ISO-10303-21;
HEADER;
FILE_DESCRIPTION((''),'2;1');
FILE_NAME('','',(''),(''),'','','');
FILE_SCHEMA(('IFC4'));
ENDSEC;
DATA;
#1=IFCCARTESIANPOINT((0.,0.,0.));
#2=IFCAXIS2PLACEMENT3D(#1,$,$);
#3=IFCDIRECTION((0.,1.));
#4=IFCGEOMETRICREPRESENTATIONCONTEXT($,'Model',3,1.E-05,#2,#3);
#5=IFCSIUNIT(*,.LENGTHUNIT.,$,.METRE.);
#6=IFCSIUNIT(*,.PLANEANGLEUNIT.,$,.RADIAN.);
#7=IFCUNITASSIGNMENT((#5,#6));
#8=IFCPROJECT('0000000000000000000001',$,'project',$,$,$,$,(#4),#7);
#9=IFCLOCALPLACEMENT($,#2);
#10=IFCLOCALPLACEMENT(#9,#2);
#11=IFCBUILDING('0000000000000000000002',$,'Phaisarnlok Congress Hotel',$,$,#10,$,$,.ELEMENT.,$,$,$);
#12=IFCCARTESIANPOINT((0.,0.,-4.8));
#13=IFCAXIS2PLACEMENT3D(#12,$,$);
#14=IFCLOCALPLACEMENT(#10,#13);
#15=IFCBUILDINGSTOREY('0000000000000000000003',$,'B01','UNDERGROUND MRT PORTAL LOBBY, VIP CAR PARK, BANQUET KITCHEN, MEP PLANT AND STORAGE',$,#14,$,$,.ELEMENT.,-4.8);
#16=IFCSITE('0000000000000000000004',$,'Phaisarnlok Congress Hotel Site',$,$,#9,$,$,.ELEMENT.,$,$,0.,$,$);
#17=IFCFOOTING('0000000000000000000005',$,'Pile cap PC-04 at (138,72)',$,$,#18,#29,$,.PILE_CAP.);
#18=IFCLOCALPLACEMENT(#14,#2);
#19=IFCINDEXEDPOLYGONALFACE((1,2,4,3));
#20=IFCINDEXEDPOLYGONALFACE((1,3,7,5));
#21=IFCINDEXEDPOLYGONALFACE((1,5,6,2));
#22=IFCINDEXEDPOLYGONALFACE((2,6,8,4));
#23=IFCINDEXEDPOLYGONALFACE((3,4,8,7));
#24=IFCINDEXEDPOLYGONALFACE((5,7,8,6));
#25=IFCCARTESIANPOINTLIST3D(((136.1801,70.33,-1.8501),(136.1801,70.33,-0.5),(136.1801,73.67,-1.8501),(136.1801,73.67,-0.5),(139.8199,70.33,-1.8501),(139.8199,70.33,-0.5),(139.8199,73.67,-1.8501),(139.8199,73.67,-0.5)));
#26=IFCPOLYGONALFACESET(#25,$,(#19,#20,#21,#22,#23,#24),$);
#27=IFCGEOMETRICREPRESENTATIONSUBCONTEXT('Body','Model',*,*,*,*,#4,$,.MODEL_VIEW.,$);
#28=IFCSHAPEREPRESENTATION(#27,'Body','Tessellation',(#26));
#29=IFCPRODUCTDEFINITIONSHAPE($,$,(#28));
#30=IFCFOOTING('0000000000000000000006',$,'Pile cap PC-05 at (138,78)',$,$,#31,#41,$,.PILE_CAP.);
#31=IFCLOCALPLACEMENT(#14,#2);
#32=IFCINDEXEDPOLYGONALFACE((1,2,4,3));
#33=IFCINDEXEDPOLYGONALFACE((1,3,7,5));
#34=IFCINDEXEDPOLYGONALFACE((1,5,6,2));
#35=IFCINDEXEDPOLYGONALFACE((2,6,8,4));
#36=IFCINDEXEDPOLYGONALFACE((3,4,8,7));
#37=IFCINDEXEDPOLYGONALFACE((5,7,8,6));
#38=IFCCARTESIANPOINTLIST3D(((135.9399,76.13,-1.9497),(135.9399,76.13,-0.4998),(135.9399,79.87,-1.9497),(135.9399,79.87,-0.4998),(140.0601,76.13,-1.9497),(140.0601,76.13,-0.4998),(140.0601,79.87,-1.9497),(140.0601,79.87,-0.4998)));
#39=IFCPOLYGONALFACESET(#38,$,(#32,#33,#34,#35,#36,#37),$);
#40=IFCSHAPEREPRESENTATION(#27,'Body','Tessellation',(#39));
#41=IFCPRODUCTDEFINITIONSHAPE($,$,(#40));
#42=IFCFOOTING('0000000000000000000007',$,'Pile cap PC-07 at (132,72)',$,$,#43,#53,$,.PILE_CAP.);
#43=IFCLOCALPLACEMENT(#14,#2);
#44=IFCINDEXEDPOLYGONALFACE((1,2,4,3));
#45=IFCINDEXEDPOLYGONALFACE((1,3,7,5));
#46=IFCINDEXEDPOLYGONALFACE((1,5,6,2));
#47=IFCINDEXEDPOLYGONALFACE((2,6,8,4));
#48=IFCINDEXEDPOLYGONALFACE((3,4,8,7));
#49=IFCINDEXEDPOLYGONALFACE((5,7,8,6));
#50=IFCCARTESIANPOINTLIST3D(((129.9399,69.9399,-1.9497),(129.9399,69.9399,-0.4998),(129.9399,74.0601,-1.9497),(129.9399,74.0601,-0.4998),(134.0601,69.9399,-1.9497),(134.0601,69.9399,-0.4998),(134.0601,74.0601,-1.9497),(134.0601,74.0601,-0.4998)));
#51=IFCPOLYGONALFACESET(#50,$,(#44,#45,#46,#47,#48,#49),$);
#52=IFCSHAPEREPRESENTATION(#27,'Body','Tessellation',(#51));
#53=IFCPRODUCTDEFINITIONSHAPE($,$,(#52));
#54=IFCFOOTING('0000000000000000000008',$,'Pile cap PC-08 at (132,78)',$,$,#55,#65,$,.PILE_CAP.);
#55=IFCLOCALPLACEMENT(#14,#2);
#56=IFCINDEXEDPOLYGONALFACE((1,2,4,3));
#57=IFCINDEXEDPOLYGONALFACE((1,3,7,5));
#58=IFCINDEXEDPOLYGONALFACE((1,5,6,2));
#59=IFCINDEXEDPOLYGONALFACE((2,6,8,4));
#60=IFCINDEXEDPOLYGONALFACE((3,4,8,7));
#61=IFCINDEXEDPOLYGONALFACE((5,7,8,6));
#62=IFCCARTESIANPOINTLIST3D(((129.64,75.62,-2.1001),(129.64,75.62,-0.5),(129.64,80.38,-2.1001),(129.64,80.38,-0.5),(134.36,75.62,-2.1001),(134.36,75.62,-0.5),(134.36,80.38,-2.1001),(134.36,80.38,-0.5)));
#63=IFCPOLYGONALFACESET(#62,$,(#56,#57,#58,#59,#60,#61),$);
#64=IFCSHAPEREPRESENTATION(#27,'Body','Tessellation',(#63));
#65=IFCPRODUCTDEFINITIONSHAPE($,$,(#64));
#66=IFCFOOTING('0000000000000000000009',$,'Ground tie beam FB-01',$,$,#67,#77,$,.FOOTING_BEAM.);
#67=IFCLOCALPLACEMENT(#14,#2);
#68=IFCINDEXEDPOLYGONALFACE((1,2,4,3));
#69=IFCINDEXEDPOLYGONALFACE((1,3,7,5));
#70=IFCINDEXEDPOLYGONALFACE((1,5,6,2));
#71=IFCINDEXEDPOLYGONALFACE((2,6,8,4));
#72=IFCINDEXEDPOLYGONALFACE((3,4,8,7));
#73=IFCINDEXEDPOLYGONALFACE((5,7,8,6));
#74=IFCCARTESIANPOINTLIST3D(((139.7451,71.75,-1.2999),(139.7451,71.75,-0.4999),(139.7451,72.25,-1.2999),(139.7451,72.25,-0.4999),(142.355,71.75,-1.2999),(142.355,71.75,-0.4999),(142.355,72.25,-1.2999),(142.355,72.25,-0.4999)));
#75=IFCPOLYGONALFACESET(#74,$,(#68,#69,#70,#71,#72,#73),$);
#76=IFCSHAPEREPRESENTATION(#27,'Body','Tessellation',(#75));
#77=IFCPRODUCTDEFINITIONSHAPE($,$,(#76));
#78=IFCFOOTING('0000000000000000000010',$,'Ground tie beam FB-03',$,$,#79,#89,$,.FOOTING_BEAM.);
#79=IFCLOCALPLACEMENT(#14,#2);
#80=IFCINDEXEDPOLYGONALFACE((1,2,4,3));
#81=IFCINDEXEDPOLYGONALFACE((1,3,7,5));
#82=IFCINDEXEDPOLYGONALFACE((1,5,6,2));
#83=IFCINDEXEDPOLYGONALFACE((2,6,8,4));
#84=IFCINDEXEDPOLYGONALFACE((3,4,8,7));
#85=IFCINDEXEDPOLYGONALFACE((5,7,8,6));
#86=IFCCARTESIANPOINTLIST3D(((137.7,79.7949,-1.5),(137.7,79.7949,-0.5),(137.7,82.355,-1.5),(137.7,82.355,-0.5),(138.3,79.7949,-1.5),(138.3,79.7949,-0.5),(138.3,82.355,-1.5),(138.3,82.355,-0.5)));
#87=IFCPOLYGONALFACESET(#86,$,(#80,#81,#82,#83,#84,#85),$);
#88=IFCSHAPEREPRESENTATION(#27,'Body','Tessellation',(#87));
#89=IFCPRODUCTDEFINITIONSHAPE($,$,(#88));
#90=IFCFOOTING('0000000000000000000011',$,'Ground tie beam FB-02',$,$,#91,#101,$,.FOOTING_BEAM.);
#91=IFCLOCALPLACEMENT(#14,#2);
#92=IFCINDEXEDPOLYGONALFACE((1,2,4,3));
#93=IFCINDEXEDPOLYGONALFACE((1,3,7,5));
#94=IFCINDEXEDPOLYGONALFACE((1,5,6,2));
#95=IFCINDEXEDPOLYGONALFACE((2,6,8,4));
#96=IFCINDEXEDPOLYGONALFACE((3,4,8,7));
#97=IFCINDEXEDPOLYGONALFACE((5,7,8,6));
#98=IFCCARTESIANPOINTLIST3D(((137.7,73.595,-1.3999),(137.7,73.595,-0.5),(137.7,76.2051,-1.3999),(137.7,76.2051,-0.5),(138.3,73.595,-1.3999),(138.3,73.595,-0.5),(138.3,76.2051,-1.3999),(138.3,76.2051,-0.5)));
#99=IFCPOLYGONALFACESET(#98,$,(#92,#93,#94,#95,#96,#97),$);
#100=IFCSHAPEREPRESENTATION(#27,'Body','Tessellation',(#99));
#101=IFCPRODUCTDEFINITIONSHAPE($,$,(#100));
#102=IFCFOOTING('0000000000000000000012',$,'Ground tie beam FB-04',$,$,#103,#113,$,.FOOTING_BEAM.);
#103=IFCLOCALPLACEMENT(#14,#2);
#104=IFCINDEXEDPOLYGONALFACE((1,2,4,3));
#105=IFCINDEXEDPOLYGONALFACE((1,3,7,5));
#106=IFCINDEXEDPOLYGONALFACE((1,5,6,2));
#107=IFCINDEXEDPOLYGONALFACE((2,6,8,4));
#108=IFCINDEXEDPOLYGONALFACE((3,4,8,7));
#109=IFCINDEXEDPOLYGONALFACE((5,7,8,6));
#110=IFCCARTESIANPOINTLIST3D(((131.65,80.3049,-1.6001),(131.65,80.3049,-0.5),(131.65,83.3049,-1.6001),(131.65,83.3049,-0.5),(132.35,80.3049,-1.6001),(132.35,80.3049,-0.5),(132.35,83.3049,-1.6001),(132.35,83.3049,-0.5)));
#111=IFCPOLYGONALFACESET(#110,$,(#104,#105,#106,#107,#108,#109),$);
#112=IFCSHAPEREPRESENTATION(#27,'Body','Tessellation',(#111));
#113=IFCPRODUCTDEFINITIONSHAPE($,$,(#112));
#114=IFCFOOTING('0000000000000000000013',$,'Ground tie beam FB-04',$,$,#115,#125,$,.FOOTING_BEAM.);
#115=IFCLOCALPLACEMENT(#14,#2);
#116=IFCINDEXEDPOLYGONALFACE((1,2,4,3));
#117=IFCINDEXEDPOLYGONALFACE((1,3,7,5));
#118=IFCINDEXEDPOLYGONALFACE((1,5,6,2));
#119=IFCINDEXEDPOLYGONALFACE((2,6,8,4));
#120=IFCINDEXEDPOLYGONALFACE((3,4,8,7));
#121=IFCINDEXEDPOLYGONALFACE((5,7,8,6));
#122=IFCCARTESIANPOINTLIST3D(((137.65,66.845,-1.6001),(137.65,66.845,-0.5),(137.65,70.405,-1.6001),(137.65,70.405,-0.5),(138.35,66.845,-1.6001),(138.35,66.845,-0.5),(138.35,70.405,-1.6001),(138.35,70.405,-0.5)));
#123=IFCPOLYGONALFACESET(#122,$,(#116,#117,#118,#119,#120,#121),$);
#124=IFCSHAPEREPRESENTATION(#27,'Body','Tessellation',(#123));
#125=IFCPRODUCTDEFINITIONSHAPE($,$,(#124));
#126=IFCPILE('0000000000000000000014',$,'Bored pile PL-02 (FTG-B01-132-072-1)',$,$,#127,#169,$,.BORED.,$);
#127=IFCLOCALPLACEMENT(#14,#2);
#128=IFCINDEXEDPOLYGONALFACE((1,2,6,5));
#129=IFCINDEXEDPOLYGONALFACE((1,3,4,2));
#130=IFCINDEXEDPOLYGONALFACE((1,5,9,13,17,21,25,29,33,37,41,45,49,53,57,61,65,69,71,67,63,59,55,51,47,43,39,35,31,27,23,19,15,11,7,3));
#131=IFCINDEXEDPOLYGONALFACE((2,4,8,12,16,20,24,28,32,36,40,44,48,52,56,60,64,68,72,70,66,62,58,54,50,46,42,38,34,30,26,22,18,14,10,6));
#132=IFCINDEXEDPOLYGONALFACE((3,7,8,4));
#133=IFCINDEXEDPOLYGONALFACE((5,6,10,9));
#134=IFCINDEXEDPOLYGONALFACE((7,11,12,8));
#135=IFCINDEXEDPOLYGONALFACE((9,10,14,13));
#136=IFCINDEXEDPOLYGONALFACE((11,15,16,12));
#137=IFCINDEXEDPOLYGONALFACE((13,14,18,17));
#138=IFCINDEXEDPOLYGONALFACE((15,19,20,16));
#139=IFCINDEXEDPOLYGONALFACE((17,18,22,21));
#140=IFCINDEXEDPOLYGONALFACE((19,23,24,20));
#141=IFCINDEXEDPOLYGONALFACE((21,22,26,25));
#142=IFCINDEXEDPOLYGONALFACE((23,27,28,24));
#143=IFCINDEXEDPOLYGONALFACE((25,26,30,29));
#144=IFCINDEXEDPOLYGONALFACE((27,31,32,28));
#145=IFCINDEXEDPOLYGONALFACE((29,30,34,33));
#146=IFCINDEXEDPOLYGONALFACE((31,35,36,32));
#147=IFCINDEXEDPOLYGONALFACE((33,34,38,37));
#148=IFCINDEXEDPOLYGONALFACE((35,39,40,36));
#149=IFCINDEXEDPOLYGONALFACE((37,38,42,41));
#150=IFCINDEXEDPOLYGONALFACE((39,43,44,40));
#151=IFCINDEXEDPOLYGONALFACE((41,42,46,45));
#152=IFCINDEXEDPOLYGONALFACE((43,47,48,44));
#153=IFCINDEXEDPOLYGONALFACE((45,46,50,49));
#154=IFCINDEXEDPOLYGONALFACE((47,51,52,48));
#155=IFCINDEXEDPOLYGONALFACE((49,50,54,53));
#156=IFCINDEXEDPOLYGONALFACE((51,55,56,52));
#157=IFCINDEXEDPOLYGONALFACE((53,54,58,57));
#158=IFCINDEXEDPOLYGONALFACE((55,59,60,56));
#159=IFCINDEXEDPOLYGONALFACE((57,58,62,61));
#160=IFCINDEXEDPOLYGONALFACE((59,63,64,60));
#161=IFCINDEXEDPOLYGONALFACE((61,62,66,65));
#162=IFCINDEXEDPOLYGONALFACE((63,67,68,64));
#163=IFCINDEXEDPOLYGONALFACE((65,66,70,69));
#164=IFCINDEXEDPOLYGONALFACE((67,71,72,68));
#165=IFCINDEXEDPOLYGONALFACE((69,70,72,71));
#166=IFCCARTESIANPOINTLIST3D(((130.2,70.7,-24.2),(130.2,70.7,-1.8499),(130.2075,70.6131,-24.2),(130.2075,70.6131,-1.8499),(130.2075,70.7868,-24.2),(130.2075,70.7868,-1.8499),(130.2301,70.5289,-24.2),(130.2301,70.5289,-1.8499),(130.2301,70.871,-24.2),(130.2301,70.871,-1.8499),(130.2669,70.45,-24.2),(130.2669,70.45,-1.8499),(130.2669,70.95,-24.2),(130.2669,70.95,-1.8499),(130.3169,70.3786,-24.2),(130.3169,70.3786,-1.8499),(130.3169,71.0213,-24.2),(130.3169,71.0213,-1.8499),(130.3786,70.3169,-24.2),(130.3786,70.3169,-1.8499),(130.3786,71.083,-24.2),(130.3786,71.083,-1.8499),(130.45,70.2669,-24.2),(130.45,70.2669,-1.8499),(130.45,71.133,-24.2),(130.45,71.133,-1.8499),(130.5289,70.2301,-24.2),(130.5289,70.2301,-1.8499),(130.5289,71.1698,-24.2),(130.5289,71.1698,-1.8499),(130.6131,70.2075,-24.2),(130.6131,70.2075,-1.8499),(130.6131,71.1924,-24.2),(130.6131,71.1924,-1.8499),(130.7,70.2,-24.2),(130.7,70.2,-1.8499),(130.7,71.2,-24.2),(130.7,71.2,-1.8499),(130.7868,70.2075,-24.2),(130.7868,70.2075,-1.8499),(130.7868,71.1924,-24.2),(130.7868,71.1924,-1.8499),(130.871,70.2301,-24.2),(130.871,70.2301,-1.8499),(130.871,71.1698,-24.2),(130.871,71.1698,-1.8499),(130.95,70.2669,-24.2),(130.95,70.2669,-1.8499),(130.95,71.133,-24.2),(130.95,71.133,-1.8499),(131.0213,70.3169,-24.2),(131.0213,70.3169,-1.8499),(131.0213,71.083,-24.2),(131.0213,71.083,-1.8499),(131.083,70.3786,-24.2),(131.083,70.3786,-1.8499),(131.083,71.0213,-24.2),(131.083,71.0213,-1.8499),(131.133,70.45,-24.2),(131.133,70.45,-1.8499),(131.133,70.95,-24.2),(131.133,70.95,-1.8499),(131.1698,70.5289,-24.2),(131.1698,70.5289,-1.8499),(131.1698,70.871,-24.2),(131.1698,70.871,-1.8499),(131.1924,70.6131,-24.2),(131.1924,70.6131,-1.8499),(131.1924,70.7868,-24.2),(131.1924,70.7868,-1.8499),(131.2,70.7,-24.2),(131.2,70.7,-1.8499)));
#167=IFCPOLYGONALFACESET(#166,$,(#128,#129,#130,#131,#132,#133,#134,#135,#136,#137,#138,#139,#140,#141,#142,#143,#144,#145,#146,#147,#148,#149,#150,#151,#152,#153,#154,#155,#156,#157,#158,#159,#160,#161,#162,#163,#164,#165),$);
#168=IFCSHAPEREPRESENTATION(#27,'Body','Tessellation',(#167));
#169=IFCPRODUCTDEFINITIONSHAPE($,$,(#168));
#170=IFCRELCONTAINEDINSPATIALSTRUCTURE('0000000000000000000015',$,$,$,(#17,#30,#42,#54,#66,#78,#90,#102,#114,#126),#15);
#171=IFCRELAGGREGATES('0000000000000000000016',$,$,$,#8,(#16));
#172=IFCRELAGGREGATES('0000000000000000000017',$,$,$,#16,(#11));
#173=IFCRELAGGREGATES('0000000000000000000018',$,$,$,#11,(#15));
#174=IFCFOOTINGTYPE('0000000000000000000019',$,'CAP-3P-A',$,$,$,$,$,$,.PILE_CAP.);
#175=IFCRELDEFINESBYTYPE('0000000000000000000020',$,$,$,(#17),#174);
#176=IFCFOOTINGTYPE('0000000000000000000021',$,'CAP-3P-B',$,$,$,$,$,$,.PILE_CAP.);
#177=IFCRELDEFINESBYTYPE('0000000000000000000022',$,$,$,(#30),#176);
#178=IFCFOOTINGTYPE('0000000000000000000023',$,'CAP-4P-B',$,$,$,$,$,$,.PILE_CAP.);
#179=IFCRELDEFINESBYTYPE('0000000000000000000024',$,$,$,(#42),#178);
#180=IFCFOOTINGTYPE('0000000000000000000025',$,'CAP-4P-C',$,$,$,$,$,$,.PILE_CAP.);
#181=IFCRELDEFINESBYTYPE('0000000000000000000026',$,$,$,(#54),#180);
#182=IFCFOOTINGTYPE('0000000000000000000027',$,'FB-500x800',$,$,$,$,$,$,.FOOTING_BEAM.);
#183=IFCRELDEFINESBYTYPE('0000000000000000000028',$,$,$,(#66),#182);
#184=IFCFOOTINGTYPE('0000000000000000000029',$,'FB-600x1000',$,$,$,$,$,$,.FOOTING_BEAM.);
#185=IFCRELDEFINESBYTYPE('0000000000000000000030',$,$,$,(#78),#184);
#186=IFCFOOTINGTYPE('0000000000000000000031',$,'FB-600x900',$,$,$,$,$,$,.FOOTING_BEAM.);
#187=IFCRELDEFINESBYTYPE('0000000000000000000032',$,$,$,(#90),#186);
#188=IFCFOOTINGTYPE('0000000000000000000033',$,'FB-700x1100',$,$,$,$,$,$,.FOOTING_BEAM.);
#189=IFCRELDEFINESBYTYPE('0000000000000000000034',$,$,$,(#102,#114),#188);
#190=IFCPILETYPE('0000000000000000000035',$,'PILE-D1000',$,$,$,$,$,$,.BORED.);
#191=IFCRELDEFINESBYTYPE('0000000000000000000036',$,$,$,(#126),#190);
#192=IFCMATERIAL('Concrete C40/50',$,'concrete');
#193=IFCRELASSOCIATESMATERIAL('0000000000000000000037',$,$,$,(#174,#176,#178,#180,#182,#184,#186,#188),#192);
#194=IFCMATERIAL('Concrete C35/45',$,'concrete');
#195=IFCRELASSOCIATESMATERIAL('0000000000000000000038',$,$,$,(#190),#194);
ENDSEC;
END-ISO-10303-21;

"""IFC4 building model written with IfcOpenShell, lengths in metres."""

from ifc_helpers import new_model, si_unit, direction, frame, origin, origin_2d, place, context, subcontext, project, spatial, rectangle, circle, extrude, material, material_profile, profile_set, type_object, element, save


model = new_model("IFC4")

# Units and contexts
model_context = context("Model", 3, precision=1e-05, world=origin(), true_north=direction((0.0, 1.0)))
body_context = subcontext(model_context, "Body", "Model", "MODEL_VIEW")
ifc_project = project(units=[si_unit("LENGTHUNIT", "METRE"), si_unit("PLANEANGLEUNIT", "RADIAN")], contexts=[model_context])

# Site, building, storey
site_placement = place(None, origin())
site = spatial("IfcSite", under=ifc_project, at=site_placement, Name="Phaisarnlok Congress Hotel Site", CompositionType="ELEMENT", RefElevation=0.0)
building_placement = place(site_placement, origin())
building = spatial("IfcBuilding", under=site, at=building_placement, Name="Phaisarnlok Congress Hotel", CompositionType="ELEMENT")
storey_placement = place(building_placement, frame((0.0, 0.0, -4.8)))
storey = spatial("IfcBuildingStorey", under=building, at=storey_placement, Name="B01", Description="UNDERGROUND MRT PORTAL LOBBY, VIP CAR PARK, BANQUET KITCHEN, MEP PLANT AND STORAGE", CompositionType="ELEMENT", Elevation=-4.8)

# Footings
ifc_material_1 = material(Name="Concrete C40/50", Category="concrete")
footing_type_1 = type_object("IfcFootingType", Name="CAP-3P-A", PredefinedType="PILE_CAP", material=ifc_material_1)
footing_1_placement = place(storey_placement, frame((138.0, 72.0, -1.8501), z_axis=(0.0, 0.0, 1.0), x_axis=(1.0, 0.0, 0.0)))
element("IfcFooting", 1, at=footing_1_placement, inside=storey, type_object=footing_type_1, Name="Pile cap PC-04 at (138,72)", PredefinedType="PILE_CAP", context=body_context, shape_type="SweptSolid", body=[
    extrude(rectangle(XDim=3.6399, YDim=3.3401, at=origin_2d()), origin(), (0.0, 0.0, 1.0), 1.3501),
])
footing_type_2 = type_object("IfcFootingType", Name="CAP-3P-B", PredefinedType="PILE_CAP", material=ifc_material_1)
footing_2_placement = place(storey_placement, frame((138.0, 78.0, -1.9497), z_axis=(0.0, 0.0, 1.0), x_axis=(1.0, 0.0, 0.0)))
element("IfcFooting", 2, at=footing_2_placement, inside=storey, type_object=footing_type_2, Name="Pile cap PC-05 at (138,78)", PredefinedType="PILE_CAP", context=body_context, shape_type="SweptSolid", body=[
    extrude(rectangle(XDim=4.1201, YDim=3.74, at=origin_2d()), origin(), (0.0, 0.0, 1.0), 1.45),
])
footing_type_3 = type_object("IfcFootingType", Name="CAP-4P-B", PredefinedType="PILE_CAP", material=ifc_material_1)
footing_3_placement = place(storey_placement, frame((132.0, 72.0, -1.9497), z_axis=(0.0, 0.0, 1.0), x_axis=(1.0, 0.0, 0.0)))
element("IfcFooting", 3, at=footing_3_placement, inside=storey, type_object=footing_type_3, Name="Pile cap PC-07 at (132,72)", PredefinedType="PILE_CAP", context=body_context, shape_type="SweptSolid", body=[
    extrude(rectangle(XDim=4.1201, YDim=4.1201, at=origin_2d()), origin(), (0.0, 0.0, 1.0), 1.45),
])
footing_type_4 = type_object("IfcFootingType", Name="CAP-4P-C", PredefinedType="PILE_CAP", material=ifc_material_1)
footing_4_placement = place(storey_placement, frame((132.0, 78.0, -2.1001), z_axis=(0.0, 0.0, 1.0), x_axis=(1.0, 0.0, 0.0)))
element("IfcFooting", 4, at=footing_4_placement, inside=storey, type_object=footing_type_4, Name="Pile cap PC-08 at (132,78)", PredefinedType="PILE_CAP", context=body_context, shape_type="SweptSolid", body=[
    extrude(rectangle(XDim=4.72, YDim=4.76, at=origin_2d()), origin(), (0.0, 0.0, 1.0), 1.6001),
])
ifc_material_profile_1 = material_profile(ifc_material_1, rectangle(XDim=0.5, YDim=0.8, at=origin_2d()), Name="FB-500x800")
ifc_profile_set_1 = profile_set([ifc_material_profile_1], Name="Concrete C40/50")
footing_type_5 = type_object("IfcFootingType", Name="FB-500x800", PredefinedType="FOOTING_BEAM", material=ifc_profile_set_1)
footing_5_placement = place(storey_placement, frame((139.7451, 72.0, -0.8999), z_axis=(1.0, 0.0, 0.0), x_axis=(0.0, 1.0, 0.0)))
element("IfcFooting", 5, at=footing_5_placement, inside=storey, type_object=footing_type_5, Name="Ground tie beam FB-01", PredefinedType="FOOTING_BEAM", context=body_context, shape_type="SweptSolid", body=[
    extrude(rectangle(XDim=0.5, YDim=0.8, at=origin_2d()), origin(), (0.0, 0.0, 1.0), 2.6099),
])
ifc_material_profile_2 = material_profile(ifc_material_1, rectangle(XDim=0.6001, YDim=1.0, at=origin_2d()), Name="FB-600x1000")
ifc_profile_set_2 = profile_set([ifc_material_profile_2], Name="Concrete C40/50")
footing_type_6 = type_object("IfcFootingType", Name="FB-600x1000", PredefinedType="FOOTING_BEAM", material=ifc_profile_set_2)
footing_6_placement = place(storey_placement, frame((138.0, 79.7949, -1.0), z_axis=(0.0, 1.0, 0.0), x_axis=(-1.0, 0.0, 0.0)))
element("IfcFooting", 6, at=footing_6_placement, inside=storey, type_object=footing_type_6, Name="Ground tie beam FB-03", PredefinedType="FOOTING_BEAM", context=body_context, shape_type="SweptSolid", body=[
    extrude(rectangle(XDim=0.6001, YDim=1.0, at=origin_2d()), origin(), (0.0, 0.0, 1.0), 2.5601),
])
ifc_material_profile_3 = material_profile(ifc_material_1, rectangle(XDim=0.6001, YDim=0.8999, at=origin_2d()), Name="FB-600x900")
ifc_profile_set_3 = profile_set([ifc_material_profile_3], Name="Concrete C40/50")
footing_type_7 = type_object("IfcFootingType", Name="FB-600x900", PredefinedType="FOOTING_BEAM", material=ifc_profile_set_3)
footing_7_placement = place(storey_placement, frame((138.0, 73.595, -0.95), z_axis=(0.0, 1.0, 0.0), x_axis=(-1.0, 0.0, 0.0)))
element("IfcFooting", 7, at=footing_7_placement, inside=storey, type_object=footing_type_7, Name="Ground tie beam FB-02", PredefinedType="FOOTING_BEAM", context=body_context, shape_type="SweptSolid", body=[
    extrude(rectangle(XDim=0.6001, YDim=0.8999, at=origin_2d()), origin(), (0.0, 0.0, 1.0), 2.6101),
])
ifc_material_profile_4 = material_profile(ifc_material_1, rectangle(XDim=0.7, YDim=1.1001, at=origin_2d()), Name="FB-700x1100")
ifc_profile_set_4 = profile_set([ifc_material_profile_4], Name="Concrete C40/50")
footing_type_8 = type_object("IfcFootingType", Name="FB-700x1100", PredefinedType="FOOTING_BEAM", material=ifc_profile_set_4)
footing_8_placement = place(storey_placement, frame((132.0, 80.3049, -1.05), z_axis=(0.0, 1.0, 0.0), x_axis=(-1.0, 0.0, 0.0)))
element("IfcFooting", 8, at=footing_8_placement, inside=storey, type_object=footing_type_8, Name="Ground tie beam FB-04", PredefinedType="FOOTING_BEAM", context=body_context, shape_type="SweptSolid", body=[
    extrude(rectangle(XDim=0.7, YDim=1.1001, at=origin_2d()), origin(), (0.0, 0.0, 1.0), 3.0),
])
footing_9_placement = place(storey_placement, frame((138.0, 66.845, -1.05), z_axis=(0.0, 1.0, 0.0), x_axis=(-1.0, 0.0, 0.0)))
element("IfcFooting", 9, at=footing_9_placement, inside=storey, type_object=footing_type_8, Name="Ground tie beam FB-04", PredefinedType="FOOTING_BEAM", context=body_context, shape_type="SweptSolid", body=[
    extrude(rectangle(XDim=0.7, YDim=1.1001, at=origin_2d()), origin(), (0.0, 0.0, 1.0), 3.5601),
])

# Pile
ifc_material_2 = material(Name="Concrete C35/45", Category="concrete")
ifc_material_profile_5 = material_profile(ifc_material_2, circle(Radius=0.5, at=origin_2d()), Name="BORED PILE D1000")
ifc_profile_set_5 = profile_set([ifc_material_profile_5], Name="Concrete C35/45")
pile_type_1 = type_object("IfcPileType", Name="PILE-D1000", PredefinedType="BORED", material=ifc_profile_set_5)
for number, where, z_axis, x_axis, name in (
    (10, (130.7, 70.7, -1.8499), (0.0, 0.0, -1.0), (1.0, 0.0, 0.0), "Bored pile PL-02 (FTG-B01-132-072-1)"),
):
    element("IfcPile", number, at=place(storey_placement, frame(where, z_axis=z_axis, x_axis=x_axis)), inside=storey, type_object=pile_type_1, Name=name, PredefinedType="BORED", context=body_context, shape_type="SweptSolid", body=[
        extrude(circle(Radius=0.5, at=origin_2d()), origin(), (0.0, 0.0, 1.0), 22.3501),
    ])

save(model, "model.ifc")
